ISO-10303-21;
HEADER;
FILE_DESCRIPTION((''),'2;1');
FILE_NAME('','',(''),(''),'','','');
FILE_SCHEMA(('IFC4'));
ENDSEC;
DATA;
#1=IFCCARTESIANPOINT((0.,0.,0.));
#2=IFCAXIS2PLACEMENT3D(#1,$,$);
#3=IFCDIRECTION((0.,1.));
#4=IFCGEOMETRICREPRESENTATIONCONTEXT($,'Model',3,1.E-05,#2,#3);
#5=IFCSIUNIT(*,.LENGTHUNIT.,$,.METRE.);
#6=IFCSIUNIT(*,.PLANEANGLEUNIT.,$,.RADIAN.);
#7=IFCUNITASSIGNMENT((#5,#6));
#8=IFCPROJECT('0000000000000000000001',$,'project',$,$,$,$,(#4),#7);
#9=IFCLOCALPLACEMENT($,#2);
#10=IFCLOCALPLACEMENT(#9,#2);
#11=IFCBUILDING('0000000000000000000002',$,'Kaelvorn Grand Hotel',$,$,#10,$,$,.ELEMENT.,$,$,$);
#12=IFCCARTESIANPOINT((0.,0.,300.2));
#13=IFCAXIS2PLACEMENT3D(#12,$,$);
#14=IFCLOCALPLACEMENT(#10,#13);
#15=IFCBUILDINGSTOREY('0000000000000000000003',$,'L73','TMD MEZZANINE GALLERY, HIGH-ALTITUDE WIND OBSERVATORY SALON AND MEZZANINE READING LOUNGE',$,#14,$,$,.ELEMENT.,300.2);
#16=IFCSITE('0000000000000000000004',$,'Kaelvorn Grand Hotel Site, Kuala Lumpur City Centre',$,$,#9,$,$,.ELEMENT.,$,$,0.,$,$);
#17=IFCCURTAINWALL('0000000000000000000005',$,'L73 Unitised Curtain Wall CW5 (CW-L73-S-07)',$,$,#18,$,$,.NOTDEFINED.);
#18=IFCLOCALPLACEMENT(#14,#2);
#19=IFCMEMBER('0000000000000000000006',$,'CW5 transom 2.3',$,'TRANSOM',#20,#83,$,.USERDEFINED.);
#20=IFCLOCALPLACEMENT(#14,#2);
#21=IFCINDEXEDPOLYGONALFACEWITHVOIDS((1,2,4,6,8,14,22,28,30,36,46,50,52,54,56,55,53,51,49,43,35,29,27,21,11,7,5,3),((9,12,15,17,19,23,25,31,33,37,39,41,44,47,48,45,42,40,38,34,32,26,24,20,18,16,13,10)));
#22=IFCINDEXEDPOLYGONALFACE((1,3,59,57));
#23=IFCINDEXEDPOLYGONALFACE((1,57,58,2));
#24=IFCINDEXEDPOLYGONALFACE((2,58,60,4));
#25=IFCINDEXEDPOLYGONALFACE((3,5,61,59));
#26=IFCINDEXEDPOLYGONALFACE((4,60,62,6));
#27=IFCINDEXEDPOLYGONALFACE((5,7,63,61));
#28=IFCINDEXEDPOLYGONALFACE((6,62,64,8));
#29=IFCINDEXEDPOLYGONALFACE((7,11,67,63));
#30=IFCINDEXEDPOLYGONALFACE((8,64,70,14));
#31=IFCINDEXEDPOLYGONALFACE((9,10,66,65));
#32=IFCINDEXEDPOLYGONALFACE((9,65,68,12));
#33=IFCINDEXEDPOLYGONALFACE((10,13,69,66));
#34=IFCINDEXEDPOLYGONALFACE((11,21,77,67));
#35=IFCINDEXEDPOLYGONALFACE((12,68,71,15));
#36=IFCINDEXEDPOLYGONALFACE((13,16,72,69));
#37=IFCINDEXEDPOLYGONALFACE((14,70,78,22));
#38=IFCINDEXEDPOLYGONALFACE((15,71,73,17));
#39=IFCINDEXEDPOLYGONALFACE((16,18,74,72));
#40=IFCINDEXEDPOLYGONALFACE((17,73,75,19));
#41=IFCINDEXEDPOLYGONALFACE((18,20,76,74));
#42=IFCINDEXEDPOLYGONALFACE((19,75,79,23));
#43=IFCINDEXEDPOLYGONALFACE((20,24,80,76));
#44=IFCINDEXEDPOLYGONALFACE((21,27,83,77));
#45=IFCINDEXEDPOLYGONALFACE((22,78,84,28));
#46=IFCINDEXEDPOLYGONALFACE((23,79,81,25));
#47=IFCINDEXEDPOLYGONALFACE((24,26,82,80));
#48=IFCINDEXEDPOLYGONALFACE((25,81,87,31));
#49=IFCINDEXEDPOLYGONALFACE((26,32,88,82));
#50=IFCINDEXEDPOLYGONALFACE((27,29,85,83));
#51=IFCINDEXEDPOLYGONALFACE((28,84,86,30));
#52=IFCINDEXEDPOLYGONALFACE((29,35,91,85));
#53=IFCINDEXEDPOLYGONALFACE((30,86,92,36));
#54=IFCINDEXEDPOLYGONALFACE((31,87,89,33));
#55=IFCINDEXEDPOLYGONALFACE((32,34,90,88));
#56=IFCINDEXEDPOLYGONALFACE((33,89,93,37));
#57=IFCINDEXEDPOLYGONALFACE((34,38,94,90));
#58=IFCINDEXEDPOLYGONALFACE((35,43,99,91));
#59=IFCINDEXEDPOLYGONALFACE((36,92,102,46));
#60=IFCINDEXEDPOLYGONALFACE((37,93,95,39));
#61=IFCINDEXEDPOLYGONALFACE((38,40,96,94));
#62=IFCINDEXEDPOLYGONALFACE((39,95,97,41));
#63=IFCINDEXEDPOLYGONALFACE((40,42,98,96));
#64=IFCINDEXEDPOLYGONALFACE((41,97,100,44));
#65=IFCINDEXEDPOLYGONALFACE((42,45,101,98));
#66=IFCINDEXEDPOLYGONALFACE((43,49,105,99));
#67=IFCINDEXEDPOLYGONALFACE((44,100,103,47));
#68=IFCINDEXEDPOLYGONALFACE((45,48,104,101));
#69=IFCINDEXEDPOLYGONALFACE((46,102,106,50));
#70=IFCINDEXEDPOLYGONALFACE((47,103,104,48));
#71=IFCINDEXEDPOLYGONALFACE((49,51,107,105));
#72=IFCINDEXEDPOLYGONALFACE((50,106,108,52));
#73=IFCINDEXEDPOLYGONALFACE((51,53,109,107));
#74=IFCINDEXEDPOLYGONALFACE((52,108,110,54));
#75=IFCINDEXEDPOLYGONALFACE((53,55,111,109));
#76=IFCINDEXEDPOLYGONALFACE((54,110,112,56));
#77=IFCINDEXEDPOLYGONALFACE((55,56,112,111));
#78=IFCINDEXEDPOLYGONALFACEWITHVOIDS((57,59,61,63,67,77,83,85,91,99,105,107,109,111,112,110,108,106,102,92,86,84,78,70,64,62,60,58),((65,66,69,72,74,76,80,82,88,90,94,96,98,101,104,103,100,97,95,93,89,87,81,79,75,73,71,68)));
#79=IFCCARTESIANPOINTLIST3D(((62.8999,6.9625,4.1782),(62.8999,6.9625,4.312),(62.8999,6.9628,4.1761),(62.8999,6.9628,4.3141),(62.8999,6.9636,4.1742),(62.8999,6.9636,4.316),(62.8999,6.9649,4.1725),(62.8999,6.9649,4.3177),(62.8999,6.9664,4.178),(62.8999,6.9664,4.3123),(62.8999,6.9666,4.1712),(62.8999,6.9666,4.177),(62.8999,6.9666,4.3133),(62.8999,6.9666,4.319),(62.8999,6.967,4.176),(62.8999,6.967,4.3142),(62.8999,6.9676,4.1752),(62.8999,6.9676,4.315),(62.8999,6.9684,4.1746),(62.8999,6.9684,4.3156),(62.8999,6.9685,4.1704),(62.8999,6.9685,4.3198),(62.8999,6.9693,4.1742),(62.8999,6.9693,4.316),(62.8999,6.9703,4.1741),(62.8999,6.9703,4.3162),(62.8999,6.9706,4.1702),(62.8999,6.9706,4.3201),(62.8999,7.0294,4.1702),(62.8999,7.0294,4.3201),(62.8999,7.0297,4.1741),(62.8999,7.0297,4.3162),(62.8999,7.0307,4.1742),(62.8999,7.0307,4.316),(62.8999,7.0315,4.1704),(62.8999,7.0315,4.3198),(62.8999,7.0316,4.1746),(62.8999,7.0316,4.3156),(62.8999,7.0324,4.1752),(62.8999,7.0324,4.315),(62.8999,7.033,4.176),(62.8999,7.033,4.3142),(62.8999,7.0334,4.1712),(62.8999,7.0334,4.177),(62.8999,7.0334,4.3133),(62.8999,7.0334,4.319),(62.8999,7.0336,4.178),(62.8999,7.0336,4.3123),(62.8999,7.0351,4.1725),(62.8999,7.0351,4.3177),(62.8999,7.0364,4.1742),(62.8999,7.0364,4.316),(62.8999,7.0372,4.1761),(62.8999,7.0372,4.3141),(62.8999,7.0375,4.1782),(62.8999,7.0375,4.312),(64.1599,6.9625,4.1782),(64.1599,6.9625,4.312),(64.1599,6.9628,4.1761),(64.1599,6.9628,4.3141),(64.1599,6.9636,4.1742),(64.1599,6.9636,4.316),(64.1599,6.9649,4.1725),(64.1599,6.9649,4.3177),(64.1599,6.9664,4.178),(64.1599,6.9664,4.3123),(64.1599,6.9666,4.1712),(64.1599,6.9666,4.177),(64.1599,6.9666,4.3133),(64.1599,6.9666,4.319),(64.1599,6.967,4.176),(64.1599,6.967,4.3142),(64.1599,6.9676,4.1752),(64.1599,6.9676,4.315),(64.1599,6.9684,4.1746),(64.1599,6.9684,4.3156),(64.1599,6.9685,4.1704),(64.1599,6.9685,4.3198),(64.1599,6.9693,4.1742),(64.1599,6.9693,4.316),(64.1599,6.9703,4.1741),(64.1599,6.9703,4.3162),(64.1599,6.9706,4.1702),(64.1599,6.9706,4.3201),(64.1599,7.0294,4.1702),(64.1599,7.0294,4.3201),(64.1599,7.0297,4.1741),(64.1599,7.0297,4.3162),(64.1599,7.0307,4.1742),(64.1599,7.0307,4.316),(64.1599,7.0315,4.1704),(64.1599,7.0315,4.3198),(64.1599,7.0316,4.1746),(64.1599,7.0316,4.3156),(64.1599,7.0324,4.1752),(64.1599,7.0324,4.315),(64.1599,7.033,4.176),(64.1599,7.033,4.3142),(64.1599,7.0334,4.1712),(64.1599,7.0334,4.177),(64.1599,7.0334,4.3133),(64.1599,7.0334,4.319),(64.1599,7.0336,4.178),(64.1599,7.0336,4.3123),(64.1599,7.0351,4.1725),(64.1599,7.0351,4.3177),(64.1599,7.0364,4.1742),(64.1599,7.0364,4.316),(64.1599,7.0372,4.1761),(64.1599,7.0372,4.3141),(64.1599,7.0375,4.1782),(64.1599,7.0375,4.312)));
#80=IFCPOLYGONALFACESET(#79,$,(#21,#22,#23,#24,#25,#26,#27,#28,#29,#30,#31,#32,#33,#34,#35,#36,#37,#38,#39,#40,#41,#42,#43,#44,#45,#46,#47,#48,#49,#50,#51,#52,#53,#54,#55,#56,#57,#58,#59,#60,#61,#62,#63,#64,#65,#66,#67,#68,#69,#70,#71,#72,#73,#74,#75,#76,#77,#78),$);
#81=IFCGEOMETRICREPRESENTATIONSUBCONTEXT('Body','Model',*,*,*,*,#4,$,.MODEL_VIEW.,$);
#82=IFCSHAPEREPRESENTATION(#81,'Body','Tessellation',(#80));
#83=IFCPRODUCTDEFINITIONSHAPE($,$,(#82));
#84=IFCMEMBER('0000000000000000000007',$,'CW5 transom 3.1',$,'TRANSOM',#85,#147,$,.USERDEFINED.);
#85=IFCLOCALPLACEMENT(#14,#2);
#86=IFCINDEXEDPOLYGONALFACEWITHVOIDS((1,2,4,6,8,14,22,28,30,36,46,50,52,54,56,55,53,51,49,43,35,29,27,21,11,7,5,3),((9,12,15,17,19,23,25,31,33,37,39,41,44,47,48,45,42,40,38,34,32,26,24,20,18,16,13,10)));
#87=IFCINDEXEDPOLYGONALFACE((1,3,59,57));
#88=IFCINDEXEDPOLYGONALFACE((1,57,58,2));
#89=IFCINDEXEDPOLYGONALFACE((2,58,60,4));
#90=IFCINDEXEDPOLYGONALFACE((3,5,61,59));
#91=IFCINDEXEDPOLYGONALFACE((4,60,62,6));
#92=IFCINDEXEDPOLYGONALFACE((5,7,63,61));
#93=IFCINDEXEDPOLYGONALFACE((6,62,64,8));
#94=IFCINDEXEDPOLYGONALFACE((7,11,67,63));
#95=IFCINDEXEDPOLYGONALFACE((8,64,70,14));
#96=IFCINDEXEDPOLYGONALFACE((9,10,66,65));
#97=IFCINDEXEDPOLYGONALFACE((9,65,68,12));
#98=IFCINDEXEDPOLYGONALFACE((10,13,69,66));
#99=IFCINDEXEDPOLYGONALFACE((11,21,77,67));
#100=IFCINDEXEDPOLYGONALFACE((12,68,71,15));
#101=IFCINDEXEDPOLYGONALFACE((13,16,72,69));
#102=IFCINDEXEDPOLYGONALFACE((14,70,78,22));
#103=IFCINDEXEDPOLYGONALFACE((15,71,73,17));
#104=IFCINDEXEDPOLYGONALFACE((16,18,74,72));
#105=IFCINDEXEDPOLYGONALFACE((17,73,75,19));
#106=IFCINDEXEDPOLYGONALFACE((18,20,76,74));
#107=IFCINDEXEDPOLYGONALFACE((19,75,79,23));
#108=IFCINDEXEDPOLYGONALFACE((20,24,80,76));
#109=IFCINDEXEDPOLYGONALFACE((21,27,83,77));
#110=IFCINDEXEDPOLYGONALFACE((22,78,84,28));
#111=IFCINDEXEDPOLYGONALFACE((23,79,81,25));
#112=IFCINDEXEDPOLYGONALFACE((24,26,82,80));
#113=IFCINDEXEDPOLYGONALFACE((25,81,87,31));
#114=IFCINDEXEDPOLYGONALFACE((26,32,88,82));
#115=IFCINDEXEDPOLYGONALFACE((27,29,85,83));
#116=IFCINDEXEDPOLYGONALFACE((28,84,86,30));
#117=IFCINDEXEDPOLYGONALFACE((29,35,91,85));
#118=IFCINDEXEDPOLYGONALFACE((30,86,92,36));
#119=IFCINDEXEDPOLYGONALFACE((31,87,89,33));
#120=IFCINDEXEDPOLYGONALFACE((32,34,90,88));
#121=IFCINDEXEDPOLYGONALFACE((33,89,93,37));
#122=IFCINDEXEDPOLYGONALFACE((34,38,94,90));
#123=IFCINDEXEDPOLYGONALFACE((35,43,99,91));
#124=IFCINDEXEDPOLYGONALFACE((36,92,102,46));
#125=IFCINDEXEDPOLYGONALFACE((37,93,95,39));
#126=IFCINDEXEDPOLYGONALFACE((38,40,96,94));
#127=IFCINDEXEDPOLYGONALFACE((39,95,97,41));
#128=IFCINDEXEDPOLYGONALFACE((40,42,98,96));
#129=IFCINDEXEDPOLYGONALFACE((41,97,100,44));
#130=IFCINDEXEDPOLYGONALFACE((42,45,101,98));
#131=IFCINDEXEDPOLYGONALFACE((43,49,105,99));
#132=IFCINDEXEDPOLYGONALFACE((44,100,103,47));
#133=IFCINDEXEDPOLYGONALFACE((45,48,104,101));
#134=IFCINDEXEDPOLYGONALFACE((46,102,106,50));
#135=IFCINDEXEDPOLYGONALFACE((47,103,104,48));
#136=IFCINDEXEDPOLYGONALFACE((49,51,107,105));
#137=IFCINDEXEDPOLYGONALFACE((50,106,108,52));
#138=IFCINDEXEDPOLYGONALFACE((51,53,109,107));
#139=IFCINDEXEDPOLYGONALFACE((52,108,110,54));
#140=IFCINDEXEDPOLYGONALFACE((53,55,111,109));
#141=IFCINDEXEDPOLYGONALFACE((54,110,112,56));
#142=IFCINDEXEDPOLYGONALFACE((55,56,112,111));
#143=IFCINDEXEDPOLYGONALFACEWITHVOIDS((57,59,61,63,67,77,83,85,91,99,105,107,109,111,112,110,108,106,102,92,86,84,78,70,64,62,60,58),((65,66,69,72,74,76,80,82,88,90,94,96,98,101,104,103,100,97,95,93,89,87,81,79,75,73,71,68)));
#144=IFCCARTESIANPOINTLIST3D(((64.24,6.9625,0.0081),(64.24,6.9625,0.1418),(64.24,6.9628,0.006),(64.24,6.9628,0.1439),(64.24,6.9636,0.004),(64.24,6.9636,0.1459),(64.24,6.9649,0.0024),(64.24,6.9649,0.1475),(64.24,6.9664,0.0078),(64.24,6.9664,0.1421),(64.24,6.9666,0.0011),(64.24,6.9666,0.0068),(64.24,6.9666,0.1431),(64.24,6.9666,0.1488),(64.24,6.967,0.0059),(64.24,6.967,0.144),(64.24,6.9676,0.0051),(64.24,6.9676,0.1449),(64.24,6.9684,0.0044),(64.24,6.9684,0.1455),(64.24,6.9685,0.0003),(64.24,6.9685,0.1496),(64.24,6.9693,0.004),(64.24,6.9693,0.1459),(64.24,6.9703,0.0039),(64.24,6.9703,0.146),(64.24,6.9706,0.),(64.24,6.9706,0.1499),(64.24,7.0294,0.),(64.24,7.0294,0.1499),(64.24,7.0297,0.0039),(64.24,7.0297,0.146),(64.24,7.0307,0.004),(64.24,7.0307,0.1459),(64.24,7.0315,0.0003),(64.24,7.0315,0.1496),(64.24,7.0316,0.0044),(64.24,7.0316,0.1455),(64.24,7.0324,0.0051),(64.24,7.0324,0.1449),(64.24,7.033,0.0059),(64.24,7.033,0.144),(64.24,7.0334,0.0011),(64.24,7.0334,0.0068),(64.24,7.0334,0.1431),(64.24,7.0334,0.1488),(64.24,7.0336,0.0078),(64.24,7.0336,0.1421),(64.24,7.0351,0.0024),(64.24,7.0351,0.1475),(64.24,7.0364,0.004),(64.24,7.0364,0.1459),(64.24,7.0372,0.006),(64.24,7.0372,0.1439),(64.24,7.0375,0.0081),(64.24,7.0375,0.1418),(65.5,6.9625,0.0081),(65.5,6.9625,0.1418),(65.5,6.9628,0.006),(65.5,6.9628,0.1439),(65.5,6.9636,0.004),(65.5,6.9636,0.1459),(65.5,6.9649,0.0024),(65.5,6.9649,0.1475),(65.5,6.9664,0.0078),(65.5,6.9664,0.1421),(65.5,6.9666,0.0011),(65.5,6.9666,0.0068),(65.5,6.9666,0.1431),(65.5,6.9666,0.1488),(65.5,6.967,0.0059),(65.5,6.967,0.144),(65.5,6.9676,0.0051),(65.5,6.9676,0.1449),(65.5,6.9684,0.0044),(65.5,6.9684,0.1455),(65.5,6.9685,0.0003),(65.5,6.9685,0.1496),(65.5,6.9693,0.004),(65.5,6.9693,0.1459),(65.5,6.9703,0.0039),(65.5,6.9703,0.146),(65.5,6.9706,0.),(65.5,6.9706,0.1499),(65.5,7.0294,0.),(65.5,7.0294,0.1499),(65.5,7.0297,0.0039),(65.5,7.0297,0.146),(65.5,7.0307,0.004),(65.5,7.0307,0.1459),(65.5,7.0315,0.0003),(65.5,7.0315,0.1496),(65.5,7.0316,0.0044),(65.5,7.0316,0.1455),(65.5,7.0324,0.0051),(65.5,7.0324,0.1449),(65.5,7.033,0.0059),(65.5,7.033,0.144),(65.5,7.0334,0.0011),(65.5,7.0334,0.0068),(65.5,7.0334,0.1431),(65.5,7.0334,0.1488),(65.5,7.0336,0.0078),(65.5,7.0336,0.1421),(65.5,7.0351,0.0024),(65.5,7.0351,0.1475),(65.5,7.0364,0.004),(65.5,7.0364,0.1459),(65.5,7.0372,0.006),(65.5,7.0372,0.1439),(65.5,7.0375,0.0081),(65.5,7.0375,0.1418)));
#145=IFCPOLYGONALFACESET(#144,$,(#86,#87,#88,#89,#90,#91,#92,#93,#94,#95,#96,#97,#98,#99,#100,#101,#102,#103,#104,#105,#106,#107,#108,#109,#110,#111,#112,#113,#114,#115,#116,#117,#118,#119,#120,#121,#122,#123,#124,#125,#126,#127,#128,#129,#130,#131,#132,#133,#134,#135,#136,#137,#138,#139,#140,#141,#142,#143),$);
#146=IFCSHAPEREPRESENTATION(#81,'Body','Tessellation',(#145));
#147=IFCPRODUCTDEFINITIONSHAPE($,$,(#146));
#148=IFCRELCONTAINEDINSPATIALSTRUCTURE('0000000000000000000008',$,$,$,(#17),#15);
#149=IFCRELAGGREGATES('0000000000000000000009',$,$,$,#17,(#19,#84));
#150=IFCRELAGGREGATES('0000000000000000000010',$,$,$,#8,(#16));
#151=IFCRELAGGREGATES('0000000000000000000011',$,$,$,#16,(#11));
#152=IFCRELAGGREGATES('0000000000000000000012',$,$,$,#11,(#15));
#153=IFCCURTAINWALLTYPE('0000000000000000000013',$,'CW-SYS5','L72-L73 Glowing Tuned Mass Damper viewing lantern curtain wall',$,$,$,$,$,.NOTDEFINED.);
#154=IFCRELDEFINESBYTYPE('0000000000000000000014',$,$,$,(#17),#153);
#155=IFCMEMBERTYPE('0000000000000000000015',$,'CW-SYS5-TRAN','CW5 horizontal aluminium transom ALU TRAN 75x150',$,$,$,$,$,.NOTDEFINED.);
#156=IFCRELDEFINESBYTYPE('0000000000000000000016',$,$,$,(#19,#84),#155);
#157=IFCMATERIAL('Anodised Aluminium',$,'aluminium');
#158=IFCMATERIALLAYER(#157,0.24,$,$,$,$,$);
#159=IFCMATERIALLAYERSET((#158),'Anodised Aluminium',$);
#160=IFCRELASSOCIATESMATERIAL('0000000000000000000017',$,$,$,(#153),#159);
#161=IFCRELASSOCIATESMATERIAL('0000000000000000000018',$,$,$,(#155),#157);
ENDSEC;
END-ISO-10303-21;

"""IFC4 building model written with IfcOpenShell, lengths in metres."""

from ifc_helpers import new_model, si_unit, direction, frame, origin, origin_2d, place, context, subcontext, project, spatial, hollow_rectangle, extrude, material, layer, layer_set, material_profile, profile_set, type_object, element, aggregate, save


model = new_model("IFC4")

# Units and contexts
model_context = context("Model", 3, precision=1e-05, world=origin(), true_north=direction((0.0, 1.0)))
body_context = subcontext(model_context, "Body", "Model", "MODEL_VIEW")
ifc_project = project(units=[si_unit("LENGTHUNIT", "METRE"), si_unit("PLANEANGLEUNIT", "RADIAN")], contexts=[model_context])

# Site, building, storey
site_placement = place(None, origin())
site = spatial("IfcSite", under=ifc_project, at=site_placement, Name="Kaelvorn Grand Hotel Site, Kuala Lumpur City Centre", CompositionType="ELEMENT", RefElevation=0.0)
building_placement = place(site_placement, origin())
building = spatial("IfcBuilding", under=site, at=building_placement, Name="Kaelvorn Grand Hotel", CompositionType="ELEMENT")
storey_placement = place(building_placement, frame((0.0, 0.0, 300.2)))
storey = spatial("IfcBuildingStorey", under=building, at=storey_placement, Name="L73", Description="TMD MEZZANINE GALLERY, HIGH-ALTITUDE WIND OBSERVATORY SALON AND MEZZANINE READING LOUNGE", CompositionType="ELEMENT", Elevation=300.2)

# Curtain wall, members
ifc_material_1 = material(Name="Anodised Aluminium", Category="aluminium")
ifc_layer_1 = layer(ifc_material_1, 0.24)
ifc_layer_set_1 = layer_set([ifc_layer_1], Name="Anodised Aluminium")
curtain_wall_type = type_object("IfcCurtainWallType", Name="CW-SYS5", Description="L72-L73 Glowing Tuned Mass Damper viewing lantern curtain wall", PredefinedType="NOTDEFINED", material=ifc_layer_set_1)
curtain_wall_placement = place(storey_placement, origin())
curtain_wall = element("IfcCurtainWall", 1, at=curtain_wall_placement, inside=storey, type_object=curtain_wall_type, Name="L73 Unitised Curtain Wall CW5 (CW-L73-S-07)", PredefinedType="NOTDEFINED")
ifc_material_profile_1 = material_profile(ifc_material_1, hollow_rectangle(XDim=0.075, YDim=0.1499, WallThickness=0.0039, InnerFilletRadius=0.0039, OuterFilletRadius=0.0081, at=origin_2d()), Name="ALU TRAN 75x150")
ifc_profile_set_1 = profile_set([ifc_material_profile_1], Name="Anodised Aluminium")
member_type_1 = type_object("IfcMemberType", Name="CW-SYS5-TRAN", Description="CW5 horizontal aluminium transom ALU TRAN 75x150", PredefinedType="NOTDEFINED", material=ifc_profile_set_1)
member_1_placement = place(storey_placement, frame((62.8999, 7.0, 4.2451), z_axis=(1.0, 0.0, 0.0), x_axis=(0.0, 1.0, 0.0)))
member_1 = element("IfcMember", 2, at=member_1_placement, type_object=member_type_1, Name="CW5 transom 2.3", ObjectType="TRANSOM", PredefinedType="USERDEFINED", context=body_context, shape_type="SweptSolid", body=[
    extrude(hollow_rectangle(XDim=0.075, YDim=0.1499, WallThickness=0.0039, InnerFilletRadius=0.0039, OuterFilletRadius=0.0081, at=origin_2d()), origin(), (0.0, 0.0, 1.0), 1.26),
])
member_2_placement = place(storey_placement, frame((64.24, 7.0, 0.075), z_axis=(1.0, 0.0, 0.0), x_axis=(0.0, 1.0, 0.0)))
member_2 = element("IfcMember", 3, at=member_2_placement, type_object=member_type_1, Name="CW5 transom 3.1", ObjectType="TRANSOM", PredefinedType="USERDEFINED", context=body_context, shape_type="SweptSolid", body=[
    extrude(hollow_rectangle(XDim=0.075, YDim=0.1499, WallThickness=0.0039, InnerFilletRadius=0.0039, OuterFilletRadius=0.0081, at=origin_2d()), origin(), (0.0, 0.0, 1.0), 1.26),
])
aggregate(curtain_wall, [member_1, member_2])

save(model, "model.ifc")
